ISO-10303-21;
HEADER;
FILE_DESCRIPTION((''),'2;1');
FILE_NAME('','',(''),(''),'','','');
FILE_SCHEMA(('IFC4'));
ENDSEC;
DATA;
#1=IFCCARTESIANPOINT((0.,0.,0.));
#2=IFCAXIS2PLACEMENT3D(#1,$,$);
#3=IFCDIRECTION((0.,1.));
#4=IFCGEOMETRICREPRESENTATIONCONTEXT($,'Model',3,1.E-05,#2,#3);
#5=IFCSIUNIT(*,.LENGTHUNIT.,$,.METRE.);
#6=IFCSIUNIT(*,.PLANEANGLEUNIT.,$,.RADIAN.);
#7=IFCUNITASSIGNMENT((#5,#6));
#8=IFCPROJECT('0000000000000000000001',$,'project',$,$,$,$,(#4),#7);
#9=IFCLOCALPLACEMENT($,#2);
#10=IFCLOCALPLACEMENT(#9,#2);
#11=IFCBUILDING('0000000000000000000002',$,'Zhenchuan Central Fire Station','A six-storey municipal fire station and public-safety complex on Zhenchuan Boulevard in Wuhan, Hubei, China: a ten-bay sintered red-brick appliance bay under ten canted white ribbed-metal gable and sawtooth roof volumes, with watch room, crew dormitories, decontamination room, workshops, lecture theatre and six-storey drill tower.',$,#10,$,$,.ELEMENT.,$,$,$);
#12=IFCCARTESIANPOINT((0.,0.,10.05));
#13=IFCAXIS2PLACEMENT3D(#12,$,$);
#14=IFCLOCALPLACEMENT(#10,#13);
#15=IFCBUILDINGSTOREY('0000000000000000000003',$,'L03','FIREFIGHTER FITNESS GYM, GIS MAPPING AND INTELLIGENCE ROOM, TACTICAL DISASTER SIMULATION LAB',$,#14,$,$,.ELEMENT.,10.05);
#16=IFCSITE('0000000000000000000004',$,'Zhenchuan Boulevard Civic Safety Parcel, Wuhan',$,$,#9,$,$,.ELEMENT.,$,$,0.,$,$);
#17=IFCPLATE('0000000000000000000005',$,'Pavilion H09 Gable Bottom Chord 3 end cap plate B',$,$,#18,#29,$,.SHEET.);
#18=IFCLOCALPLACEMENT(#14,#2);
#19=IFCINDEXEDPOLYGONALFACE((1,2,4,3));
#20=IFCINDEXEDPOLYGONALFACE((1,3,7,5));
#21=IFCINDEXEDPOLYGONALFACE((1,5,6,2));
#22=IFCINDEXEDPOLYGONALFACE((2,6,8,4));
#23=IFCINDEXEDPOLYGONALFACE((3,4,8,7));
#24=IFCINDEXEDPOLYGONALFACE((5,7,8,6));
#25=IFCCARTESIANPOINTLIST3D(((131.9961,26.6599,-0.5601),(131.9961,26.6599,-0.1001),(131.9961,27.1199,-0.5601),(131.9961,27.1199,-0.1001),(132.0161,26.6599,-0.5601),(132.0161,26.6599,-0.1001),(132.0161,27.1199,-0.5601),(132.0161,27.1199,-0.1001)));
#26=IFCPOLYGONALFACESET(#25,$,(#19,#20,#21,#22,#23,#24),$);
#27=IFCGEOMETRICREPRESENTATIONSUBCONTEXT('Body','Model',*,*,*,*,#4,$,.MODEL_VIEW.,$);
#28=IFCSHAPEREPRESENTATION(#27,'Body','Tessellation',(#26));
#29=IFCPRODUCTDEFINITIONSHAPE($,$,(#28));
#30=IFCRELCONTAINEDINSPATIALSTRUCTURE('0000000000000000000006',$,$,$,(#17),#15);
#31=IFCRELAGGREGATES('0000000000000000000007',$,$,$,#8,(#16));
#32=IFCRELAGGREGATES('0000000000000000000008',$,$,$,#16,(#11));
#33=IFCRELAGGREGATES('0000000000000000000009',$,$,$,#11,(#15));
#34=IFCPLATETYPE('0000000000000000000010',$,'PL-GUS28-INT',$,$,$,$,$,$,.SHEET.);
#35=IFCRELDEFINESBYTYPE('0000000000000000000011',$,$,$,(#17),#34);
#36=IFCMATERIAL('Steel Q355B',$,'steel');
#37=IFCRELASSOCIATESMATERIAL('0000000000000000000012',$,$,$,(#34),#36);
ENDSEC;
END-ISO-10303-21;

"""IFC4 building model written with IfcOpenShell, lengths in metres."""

from ifc_helpers import new_model, si_unit, direction, frame, origin, origin_2d, place, context, subcontext, project, spatial, rectangle, extrude, material, material_profile, profile_set, type_object, element, save


model = new_model("IFC4")

# Units and contexts
model_context = context("Model", 3, precision=1e-05, world=origin(), true_north=direction((0.0, 1.0)))
body_context = subcontext(model_context, "Body", "Model", "MODEL_VIEW")
ifc_project = project(units=[si_unit("LENGTHUNIT", "METRE"), si_unit("PLANEANGLEUNIT", "RADIAN")], contexts=[model_context])

# Site, building, storey
site_placement = place(None, origin())
site = spatial("IfcSite", under=ifc_project, at=site_placement, Name="Zhenchuan Boulevard Civic Safety Parcel, Wuhan", CompositionType="ELEMENT", RefElevation=0.0)
building_placement = place(site_placement, origin())
building = spatial("IfcBuilding", under=site, at=building_placement, Name="Zhenchuan Central Fire Station", Description="A six-storey municipal fire station and public-safety complex on Zhenchuan Boulevard in Wuhan, Hubei, China: a ten-bay sintered red-brick appliance bay under ten canted white ribbed-metal gable and sawtooth roof volumes, with watch room, crew dormitories, decontamination room, workshops, lecture theatre and six-storey drill tower.", CompositionType="ELEMENT")
storey_placement = place(building_placement, frame((0.0, 0.0, 10.05)))
storey = spatial("IfcBuildingStorey", under=building, at=storey_placement, Name="L03", Description="FIREFIGHTER FITNESS GYM, GIS MAPPING AND INTELLIGENCE ROOM, TACTICAL DISASTER SIMULATION LAB", CompositionType="ELEMENT", Elevation=10.05)

# Shared definitions
ifc_material_1 = material(Name="Steel Q355B", Category="steel")

# Plate
ifc_material_profile_1 = material_profile(ifc_material_1, rectangle(XDim=0.46, YDim=0.46, at=origin_2d()), Name="PL 460x460x28")
ifc_profile_set_1 = profile_set([ifc_material_profile_1], Name="Steel Q355B")
plate_type_1 = type_object("IfcPlateType", Name="PL-GUS28-INT", PredefinedType="SHEET", material=ifc_profile_set_1)
for number, where, z_axis, x_axis, name in (
    (1, (131.9961, 26.8899, -0.3301), (1.0, 0.0, 0.0), (0.0, 1.0, 0.0), "Pavilion H09 Gable Bottom Chord 3 end cap plate B"),
):
    element("IfcPlate", number, at=place(storey_placement, frame(where, z_axis=z_axis, x_axis=x_axis)), inside=storey, type_object=plate_type_1, Name=name, PredefinedType="SHEET", context=body_context, shape_type="SweptSolid", body=[
        extrude(rectangle(XDim=0.46, YDim=0.46, at=origin_2d()), origin(), (0.0, 0.0, 1.0), 0.02),
    ])

save(model, "model.ifc")
